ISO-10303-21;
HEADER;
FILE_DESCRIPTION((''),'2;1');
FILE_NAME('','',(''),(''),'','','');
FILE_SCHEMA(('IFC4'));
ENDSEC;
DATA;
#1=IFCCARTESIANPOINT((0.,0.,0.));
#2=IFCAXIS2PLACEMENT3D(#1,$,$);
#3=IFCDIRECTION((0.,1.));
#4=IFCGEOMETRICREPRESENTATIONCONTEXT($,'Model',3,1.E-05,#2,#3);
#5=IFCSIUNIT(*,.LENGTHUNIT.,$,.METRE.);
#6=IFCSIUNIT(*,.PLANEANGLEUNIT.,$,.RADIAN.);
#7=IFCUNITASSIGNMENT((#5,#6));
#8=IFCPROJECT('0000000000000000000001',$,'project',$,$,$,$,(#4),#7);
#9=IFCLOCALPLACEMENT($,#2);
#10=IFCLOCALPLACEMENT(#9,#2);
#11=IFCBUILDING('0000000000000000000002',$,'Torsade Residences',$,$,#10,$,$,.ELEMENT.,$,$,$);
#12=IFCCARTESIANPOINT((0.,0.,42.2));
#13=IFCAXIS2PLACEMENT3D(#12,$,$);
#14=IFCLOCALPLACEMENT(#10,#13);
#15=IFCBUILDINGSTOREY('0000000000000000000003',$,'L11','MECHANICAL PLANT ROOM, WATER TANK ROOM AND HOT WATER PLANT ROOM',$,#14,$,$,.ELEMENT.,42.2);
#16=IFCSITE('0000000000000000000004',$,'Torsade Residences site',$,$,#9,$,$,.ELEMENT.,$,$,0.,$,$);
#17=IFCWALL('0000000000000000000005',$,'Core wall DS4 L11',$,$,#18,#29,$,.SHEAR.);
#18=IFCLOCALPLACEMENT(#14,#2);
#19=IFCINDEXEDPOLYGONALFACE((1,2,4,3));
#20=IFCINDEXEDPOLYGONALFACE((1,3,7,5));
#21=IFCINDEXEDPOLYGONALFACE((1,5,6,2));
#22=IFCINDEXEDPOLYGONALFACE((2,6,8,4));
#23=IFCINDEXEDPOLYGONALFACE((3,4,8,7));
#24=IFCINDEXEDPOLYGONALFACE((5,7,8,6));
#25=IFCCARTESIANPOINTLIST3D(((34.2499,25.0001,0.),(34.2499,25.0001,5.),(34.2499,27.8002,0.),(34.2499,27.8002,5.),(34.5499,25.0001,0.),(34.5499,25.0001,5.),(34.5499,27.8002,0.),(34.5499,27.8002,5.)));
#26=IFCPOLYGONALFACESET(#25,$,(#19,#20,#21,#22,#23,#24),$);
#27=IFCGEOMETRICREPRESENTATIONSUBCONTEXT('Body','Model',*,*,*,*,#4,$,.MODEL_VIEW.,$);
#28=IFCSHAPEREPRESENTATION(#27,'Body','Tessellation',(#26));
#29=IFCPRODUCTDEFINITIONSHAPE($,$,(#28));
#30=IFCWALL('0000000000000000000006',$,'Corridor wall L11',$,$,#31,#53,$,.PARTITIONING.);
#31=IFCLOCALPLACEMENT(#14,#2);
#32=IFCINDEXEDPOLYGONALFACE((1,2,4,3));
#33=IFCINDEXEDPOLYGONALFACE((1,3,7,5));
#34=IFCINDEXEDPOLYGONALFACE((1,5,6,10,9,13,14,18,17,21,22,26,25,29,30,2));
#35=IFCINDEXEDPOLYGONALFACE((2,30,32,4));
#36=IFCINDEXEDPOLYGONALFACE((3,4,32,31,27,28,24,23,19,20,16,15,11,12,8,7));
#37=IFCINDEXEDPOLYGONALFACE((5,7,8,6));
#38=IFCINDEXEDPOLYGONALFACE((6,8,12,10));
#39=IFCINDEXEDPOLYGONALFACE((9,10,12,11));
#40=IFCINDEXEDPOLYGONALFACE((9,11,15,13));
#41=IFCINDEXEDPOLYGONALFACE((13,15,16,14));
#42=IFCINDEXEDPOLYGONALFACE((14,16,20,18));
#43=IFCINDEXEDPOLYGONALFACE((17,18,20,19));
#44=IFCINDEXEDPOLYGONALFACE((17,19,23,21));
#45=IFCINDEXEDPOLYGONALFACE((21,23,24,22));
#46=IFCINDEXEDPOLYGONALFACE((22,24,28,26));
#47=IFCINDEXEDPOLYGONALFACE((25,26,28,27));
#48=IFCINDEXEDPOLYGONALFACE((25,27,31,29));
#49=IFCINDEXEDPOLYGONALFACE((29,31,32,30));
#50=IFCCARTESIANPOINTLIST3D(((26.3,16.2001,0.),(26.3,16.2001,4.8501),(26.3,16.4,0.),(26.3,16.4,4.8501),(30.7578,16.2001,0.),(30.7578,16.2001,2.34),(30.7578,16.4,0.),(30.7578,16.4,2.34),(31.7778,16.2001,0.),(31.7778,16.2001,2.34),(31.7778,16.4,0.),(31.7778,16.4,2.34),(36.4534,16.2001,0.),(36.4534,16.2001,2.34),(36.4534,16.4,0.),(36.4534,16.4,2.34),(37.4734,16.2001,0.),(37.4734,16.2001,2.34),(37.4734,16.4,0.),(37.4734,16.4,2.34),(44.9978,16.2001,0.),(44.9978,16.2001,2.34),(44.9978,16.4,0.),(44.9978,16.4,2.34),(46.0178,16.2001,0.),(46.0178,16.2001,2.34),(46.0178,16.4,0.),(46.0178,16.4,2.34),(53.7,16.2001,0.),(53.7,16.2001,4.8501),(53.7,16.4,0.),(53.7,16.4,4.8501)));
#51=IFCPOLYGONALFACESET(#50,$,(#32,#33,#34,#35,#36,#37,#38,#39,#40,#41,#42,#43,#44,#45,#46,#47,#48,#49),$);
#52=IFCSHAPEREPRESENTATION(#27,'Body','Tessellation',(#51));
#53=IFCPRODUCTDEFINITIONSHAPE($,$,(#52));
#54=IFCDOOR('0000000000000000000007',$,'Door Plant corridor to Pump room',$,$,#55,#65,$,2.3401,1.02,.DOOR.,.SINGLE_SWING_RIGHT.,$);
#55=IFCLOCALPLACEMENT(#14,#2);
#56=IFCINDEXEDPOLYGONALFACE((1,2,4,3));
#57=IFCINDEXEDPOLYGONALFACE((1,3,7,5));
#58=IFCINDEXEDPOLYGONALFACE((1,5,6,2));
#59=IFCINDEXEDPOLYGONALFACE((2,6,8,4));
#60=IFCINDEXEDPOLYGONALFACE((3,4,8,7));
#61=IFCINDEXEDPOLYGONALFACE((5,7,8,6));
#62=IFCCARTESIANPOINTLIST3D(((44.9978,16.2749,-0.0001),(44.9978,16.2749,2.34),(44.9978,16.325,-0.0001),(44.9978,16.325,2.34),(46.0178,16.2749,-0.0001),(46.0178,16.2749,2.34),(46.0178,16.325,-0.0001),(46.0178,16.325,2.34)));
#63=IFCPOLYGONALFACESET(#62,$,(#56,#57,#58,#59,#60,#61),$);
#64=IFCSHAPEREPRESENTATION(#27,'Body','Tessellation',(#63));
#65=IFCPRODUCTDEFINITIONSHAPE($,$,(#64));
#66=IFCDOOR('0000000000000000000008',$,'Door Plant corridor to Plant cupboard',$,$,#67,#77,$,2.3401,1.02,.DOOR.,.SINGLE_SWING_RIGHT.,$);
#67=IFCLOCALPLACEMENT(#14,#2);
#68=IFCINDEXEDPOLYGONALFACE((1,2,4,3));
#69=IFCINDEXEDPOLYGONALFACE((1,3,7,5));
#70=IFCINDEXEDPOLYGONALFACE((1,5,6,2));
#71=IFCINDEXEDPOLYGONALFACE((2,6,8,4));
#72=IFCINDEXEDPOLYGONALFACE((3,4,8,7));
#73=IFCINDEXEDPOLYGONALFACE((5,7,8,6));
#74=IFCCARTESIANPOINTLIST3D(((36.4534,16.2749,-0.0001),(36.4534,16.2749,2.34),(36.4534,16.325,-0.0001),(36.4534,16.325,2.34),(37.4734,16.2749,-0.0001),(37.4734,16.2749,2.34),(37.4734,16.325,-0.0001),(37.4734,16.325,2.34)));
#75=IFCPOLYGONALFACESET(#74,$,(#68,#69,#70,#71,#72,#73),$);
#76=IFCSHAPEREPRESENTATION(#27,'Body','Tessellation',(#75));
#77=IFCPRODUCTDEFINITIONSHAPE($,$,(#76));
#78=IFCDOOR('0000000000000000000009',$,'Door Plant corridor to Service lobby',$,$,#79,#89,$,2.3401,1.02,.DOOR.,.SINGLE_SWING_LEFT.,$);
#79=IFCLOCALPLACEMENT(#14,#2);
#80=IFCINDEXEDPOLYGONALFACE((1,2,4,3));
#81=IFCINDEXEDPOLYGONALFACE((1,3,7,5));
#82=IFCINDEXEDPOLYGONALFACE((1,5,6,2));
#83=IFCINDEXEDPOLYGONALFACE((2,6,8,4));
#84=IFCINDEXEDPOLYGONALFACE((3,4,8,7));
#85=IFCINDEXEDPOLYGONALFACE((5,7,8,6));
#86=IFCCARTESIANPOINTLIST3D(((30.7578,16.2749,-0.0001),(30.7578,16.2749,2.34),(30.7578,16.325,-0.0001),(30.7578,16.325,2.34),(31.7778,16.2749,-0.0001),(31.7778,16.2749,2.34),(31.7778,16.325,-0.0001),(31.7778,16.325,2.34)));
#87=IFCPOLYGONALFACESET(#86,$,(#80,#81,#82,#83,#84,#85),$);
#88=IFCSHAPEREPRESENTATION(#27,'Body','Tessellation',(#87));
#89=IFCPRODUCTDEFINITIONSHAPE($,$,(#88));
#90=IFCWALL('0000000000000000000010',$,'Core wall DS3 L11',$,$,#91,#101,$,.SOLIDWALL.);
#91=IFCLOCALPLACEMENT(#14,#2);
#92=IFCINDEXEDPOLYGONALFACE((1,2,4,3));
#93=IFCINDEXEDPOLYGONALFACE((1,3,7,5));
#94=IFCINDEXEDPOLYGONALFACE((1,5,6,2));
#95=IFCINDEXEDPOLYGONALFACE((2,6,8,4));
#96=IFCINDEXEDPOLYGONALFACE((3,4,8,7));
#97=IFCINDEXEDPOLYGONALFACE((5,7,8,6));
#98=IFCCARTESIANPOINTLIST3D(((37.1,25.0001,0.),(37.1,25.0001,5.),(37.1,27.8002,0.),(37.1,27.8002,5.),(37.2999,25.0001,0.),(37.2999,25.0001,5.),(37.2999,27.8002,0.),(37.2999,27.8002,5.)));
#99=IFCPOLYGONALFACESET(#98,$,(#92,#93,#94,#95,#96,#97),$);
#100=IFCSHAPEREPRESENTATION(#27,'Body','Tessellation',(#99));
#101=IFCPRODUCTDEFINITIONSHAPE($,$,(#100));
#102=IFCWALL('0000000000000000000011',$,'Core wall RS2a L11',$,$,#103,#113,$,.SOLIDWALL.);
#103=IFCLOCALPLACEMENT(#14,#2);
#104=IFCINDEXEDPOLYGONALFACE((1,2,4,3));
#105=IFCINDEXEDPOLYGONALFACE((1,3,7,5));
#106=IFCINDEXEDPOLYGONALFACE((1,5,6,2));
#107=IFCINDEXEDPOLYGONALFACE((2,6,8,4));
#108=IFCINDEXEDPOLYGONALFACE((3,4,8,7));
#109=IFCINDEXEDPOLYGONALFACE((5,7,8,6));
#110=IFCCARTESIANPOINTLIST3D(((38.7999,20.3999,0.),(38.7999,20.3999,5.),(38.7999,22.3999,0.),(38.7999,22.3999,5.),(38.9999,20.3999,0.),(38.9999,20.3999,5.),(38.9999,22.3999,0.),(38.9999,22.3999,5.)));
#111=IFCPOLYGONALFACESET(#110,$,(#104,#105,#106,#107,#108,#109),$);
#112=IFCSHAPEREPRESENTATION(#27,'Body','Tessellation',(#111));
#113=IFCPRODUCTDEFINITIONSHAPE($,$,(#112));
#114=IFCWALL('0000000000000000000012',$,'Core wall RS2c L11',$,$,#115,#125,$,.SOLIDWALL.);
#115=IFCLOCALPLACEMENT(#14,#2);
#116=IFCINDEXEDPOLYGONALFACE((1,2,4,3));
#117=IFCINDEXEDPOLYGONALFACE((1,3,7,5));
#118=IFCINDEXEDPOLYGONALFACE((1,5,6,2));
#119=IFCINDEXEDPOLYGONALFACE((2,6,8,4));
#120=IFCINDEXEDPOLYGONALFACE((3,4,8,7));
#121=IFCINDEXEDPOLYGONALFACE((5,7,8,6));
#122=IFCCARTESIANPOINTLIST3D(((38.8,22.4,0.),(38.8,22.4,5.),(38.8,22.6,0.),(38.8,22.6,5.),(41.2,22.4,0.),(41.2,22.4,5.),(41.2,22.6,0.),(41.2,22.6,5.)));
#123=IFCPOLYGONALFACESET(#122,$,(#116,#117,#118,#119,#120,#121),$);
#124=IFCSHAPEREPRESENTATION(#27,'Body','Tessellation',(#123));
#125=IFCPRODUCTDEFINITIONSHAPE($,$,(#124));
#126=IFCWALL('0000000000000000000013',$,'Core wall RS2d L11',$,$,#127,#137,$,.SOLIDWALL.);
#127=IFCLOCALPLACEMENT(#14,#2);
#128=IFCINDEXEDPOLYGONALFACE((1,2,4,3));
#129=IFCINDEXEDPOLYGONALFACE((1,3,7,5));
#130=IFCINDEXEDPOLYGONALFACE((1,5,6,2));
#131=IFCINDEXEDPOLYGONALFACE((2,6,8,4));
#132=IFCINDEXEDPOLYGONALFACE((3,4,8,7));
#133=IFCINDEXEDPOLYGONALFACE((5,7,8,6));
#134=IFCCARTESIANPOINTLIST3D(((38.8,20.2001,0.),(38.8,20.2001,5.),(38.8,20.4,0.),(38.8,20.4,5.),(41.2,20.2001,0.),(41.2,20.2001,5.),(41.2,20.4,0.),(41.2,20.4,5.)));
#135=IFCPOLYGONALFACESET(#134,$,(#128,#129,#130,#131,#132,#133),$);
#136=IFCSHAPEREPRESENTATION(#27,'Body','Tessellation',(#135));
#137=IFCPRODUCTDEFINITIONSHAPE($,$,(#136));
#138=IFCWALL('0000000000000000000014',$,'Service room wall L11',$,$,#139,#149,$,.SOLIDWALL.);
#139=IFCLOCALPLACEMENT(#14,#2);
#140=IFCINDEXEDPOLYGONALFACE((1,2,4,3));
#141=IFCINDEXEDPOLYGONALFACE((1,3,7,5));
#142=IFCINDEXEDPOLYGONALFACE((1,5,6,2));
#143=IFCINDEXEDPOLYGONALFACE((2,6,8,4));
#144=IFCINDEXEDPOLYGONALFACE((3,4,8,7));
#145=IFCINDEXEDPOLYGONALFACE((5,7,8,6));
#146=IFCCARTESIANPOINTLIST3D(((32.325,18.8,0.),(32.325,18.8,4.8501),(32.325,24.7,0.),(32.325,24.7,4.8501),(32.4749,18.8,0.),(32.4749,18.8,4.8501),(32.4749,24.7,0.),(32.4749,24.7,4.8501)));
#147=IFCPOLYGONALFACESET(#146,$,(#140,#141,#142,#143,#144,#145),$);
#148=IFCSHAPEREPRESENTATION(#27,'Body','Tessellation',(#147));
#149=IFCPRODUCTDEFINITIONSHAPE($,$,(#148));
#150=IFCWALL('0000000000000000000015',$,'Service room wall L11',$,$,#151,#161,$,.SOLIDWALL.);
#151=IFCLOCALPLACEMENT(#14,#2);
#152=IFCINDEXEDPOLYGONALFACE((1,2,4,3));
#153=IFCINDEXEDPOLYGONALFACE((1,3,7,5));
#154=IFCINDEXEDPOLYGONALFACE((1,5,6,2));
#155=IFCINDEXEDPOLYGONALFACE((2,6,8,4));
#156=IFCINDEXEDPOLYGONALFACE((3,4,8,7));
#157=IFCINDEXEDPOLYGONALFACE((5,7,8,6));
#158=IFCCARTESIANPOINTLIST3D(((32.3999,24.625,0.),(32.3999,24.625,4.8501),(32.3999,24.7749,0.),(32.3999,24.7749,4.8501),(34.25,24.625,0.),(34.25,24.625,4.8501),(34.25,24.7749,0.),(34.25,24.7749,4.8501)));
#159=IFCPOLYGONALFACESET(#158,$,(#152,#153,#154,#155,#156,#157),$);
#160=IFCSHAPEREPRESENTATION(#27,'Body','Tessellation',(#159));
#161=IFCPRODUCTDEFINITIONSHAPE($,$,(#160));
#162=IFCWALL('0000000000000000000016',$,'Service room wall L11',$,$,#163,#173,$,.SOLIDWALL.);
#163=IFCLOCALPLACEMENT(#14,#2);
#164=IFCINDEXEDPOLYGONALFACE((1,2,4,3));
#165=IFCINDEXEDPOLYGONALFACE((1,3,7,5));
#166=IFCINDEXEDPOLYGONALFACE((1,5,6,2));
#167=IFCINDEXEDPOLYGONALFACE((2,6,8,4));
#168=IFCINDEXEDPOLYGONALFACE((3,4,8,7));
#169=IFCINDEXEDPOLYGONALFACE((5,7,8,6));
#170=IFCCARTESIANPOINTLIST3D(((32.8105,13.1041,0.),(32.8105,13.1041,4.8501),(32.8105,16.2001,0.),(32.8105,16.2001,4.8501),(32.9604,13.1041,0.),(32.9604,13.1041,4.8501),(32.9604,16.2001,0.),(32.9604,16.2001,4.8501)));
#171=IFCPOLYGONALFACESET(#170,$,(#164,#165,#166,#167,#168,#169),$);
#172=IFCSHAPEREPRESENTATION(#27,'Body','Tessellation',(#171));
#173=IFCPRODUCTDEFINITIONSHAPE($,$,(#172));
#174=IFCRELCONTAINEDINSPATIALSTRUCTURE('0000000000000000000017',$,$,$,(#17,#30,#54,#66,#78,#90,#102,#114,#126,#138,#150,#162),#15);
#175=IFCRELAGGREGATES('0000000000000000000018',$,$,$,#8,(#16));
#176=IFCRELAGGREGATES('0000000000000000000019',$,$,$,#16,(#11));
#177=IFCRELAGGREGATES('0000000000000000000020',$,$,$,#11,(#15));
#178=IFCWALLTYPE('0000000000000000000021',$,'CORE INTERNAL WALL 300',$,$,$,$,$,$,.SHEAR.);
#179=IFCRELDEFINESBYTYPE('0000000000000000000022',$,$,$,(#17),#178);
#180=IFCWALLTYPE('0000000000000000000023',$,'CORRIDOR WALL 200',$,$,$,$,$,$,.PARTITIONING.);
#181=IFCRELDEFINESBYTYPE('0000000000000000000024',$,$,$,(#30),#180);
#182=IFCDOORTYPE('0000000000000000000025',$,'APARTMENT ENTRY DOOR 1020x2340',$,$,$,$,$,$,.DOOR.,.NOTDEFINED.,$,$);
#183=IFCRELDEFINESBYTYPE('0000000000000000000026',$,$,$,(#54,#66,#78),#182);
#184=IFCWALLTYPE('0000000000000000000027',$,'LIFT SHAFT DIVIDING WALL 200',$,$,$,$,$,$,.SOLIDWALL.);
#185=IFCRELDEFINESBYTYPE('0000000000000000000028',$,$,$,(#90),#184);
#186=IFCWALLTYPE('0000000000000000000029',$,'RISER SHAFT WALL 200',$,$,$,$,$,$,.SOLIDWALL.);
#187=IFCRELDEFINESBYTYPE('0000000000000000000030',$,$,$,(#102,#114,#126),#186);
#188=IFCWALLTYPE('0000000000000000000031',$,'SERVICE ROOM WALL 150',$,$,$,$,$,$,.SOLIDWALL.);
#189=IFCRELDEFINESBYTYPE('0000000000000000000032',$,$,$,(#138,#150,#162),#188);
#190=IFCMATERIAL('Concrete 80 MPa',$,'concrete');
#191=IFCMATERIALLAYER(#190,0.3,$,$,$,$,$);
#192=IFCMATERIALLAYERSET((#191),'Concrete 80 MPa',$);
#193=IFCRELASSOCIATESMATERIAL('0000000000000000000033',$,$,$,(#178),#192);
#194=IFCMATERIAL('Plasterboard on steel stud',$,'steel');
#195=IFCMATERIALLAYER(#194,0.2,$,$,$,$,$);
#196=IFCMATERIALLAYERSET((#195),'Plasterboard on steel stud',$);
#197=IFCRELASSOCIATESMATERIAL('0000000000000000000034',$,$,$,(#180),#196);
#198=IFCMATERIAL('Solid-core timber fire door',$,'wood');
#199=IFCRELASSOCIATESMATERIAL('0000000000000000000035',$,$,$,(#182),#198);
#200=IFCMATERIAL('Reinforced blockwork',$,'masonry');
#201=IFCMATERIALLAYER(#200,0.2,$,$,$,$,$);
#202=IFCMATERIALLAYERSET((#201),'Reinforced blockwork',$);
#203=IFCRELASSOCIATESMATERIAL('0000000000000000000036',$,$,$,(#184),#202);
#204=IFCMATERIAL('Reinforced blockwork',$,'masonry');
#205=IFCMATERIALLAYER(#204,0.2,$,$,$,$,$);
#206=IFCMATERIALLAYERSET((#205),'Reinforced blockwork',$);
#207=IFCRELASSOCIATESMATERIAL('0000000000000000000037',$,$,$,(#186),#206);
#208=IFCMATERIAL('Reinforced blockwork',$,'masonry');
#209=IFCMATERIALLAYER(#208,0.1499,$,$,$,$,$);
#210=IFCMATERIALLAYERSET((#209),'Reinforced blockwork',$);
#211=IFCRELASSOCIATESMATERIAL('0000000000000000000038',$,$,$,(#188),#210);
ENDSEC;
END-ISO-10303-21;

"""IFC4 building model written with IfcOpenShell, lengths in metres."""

from ifc_helpers import new_model, si_unit, direction, frame, frame_2d, origin, place, context, subcontext, project, spatial, rectangle, extrude, material, layer, layer_set, type_object, element, fill, save


model = new_model("IFC4")

# Units and contexts
model_context = context("Model", 3, precision=1e-05, world=origin(), true_north=direction((0.0, 1.0)))
body_context = subcontext(model_context, "Body", "Model", "MODEL_VIEW")
ifc_project = project(units=[si_unit("LENGTHUNIT", "METRE"), si_unit("PLANEANGLEUNIT", "RADIAN")], contexts=[model_context])

# Site, building, storey
site_placement = place(None, origin())
site = spatial("IfcSite", under=ifc_project, at=site_placement, Name="Torsade Residences site", CompositionType="ELEMENT", RefElevation=0.0)
building_placement = place(site_placement, origin())
building = spatial("IfcBuilding", under=site, at=building_placement, Name="Torsade Residences", CompositionType="ELEMENT")
storey_placement = place(building_placement, frame((0.0, 0.0, 42.2)))
storey = spatial("IfcBuildingStorey", under=building, at=storey_placement, Name="L11", Description="MECHANICAL PLANT ROOM, WATER TANK ROOM AND HOT WATER PLANT ROOM", CompositionType="ELEMENT", Elevation=42.2)

# Wall
ifc_material_1 = material(Name="Concrete 80 MPa", Category="concrete")
ifc_layer_1 = layer(ifc_material_1, 0.3)
ifc_layer_set_1 = layer_set([ifc_layer_1], Name="Concrete 80 MPa")
wall_type_1 = type_object("IfcWallType", Name="CORE INTERNAL WALL 300", PredefinedType="SHEAR", material=ifc_layer_set_1)
wall_1_placement = place(storey_placement, frame((34.3999, 27.8, 0.0), z_axis=(0.0, 0.0, 1.0), x_axis=(0.0, -1.0, 0.0)))
element("IfcWall", 1, at=wall_1_placement, inside=storey, type_object=wall_type_1, Name="Core wall DS4 L11", PredefinedType="SHEAR", context=body_context, shape_type="SweptSolid", body=[
    extrude(rectangle(XDim=2.8, YDim=0.3, at=frame_2d((1.3999, 0.0))), origin(), (0.0, 0.0, 1.0), 5.0),
])

# Wall, openings, doors
ifc_material_2 = material(Name="Plasterboard on steel stud", Category="steel")
ifc_layer_2 = layer(ifc_material_2, 0.2)
ifc_layer_set_2 = layer_set([ifc_layer_2], Name="Plasterboard on steel stud")
wall_type_2 = type_object("IfcWallType", Name="CORRIDOR WALL 200", PredefinedType="PARTITIONING", material=ifc_layer_set_2)
wall_2_placement = place(storey_placement, frame((26.3, 16.3, 0.0), z_axis=(0.0, 0.0, 1.0), x_axis=(1.0, 0.0, 0.0)))
wall_2 = element("IfcWall", 2, at=wall_2_placement, inside=storey, type_object=wall_type_2, Name="Corridor wall L11", PredefinedType="PARTITIONING", context=body_context, shape_type="SweptSolid", body=[
    extrude(rectangle(XDim=27.3999, YDim=0.2, at=frame_2d((13.7, 0.0))), origin(), (0.0, 0.0, 1.0), 4.8501),
])
opening_1_placement = place(wall_2_placement, frame((18.6978, 0.0, 0.0)))
opening_1 = element("IfcOpeningElement", 3, at=opening_1_placement, cuts=wall_2, PredefinedType="OPENING", context=body_context, shape_type="SweptSolid", body=[
    extrude(rectangle(XDim=1.02, YDim=2.3401, at=frame_2d((0.51, 1.1699))), frame((0.0, 0.1099, 0.0), z_axis=(0.0, -1.0, 0.0), x_axis=(1.0, 0.0, 0.0)), (0.0, 0.0, 1.0), 0.22),
])
opening_2_placement = place(wall_2_placement, frame((10.1533, 0.0, 0.0)))
opening_2 = element("IfcOpeningElement", 4, at=opening_2_placement, cuts=wall_2, PredefinedType="OPENING", context=body_context, shape_type="SweptSolid", body=[
    extrude(rectangle(XDim=1.02, YDim=2.3401, at=frame_2d((0.51, 1.1699))), frame((0.0, 0.1099, 0.0), z_axis=(0.0, -1.0, 0.0), x_axis=(1.0, 0.0, 0.0)), (0.0, 0.0, 1.0), 0.22),
])
opening_3_placement = place(wall_2_placement, frame((4.4578, 0.0, 0.0)))
opening_3 = element("IfcOpeningElement", 5, at=opening_3_placement, cuts=wall_2, PredefinedType="OPENING", context=body_context, shape_type="SweptSolid", body=[
    extrude(rectangle(XDim=1.02, YDim=2.3401, at=frame_2d((0.51, 1.1699))), frame((0.0, 0.1099, 0.0), z_axis=(0.0, -1.0, 0.0), x_axis=(1.0, 0.0, 0.0)), (0.0, 0.0, 1.0), 0.22),
])
ifc_material_3 = material(Name="Solid-core timber fire door", Category="wood")
door_type = type_object("IfcDoorType", Name="APARTMENT ENTRY DOOR 1020x2340", OperationType="NOTDEFINED", PredefinedType="DOOR", material=ifc_material_3)
door_1_placement = place(opening_1_placement, origin())
door_1 = element("IfcDoor", 6, at=door_1_placement, inside=storey, type_object=door_type, Name="Door Plant corridor to Pump room", OperationType="SINGLE_SWING_RIGHT", OverallHeight=2.3401, OverallWidth=1.02, PredefinedType="DOOR", context=body_context, shape_type="SweptSolid", body=[
    extrude(rectangle(XDim=1.02, YDim=2.3401, at=frame_2d((0.51, 1.1699))), frame((0.0, 0.0249, 0.0), z_axis=(0.0, -1.0, 0.0), x_axis=(1.0, 0.0, 0.0)), (0.0, 0.0, 1.0), 0.05),
])
fill(opening_1, door_1)
door_2_placement = place(opening_2_placement, origin())
door_2 = element("IfcDoor", 7, at=door_2_placement, inside=storey, type_object=door_type, Name="Door Plant corridor to Plant cupboard", OperationType="SINGLE_SWING_RIGHT", OverallHeight=2.3401, OverallWidth=1.02, PredefinedType="DOOR", context=body_context, shape_type="SweptSolid", body=[
    extrude(rectangle(XDim=1.02, YDim=2.3401, at=frame_2d((0.51, 1.1699))), frame((0.0, 0.0249, 0.0), z_axis=(0.0, -1.0, 0.0), x_axis=(1.0, 0.0, 0.0)), (0.0, 0.0, 1.0), 0.05),
])
fill(opening_2, door_2)
door_3_placement = place(opening_3_placement, origin())
door_3 = element("IfcDoor", 8, at=door_3_placement, inside=storey, type_object=door_type, Name="Door Plant corridor to Service lobby", OperationType="SINGLE_SWING_LEFT", OverallHeight=2.3401, OverallWidth=1.02, PredefinedType="DOOR", context=body_context, shape_type="SweptSolid", body=[
    extrude(rectangle(XDim=1.02, YDim=2.3401, at=frame_2d((0.51, 1.1699))), frame((0.0, 0.0249, 0.0), z_axis=(0.0, -1.0, 0.0), x_axis=(1.0, 0.0, 0.0)), (0.0, 0.0, 1.0), 0.05),
])
fill(opening_3, door_3)

# Walls
ifc_material_4 = material(Name="Reinforced blockwork", Category="masonry")
ifc_layer_3 = layer(ifc_material_4, 0.2)
ifc_layer_set_3 = layer_set([ifc_layer_3], Name="Reinforced blockwork")
wall_type_3 = type_object("IfcWallType", Name="LIFT SHAFT DIVIDING WALL 200", PredefinedType="SOLIDWALL", material=ifc_layer_set_3)
wall_3_placement = place(storey_placement, frame((37.2, 27.8, 0.0), z_axis=(0.0, 0.0, 1.0), x_axis=(0.0, -1.0, 0.0)))
element("IfcWall", 9, at=wall_3_placement, inside=storey, type_object=wall_type_3, Name="Core wall DS3 L11", PredefinedType="SOLIDWALL", context=body_context, shape_type="SweptSolid", body=[
    extrude(rectangle(XDim=2.8, YDim=0.2, at=frame_2d((1.3999, 0.0))), origin(), (0.0, 0.0, 1.0), 5.0),
])
ifc_material_5 = material(Name="Reinforced blockwork", Category="masonry")
ifc_layer_4 = layer(ifc_material_5, 0.2)
ifc_layer_set_4 = layer_set([ifc_layer_4], Name="Reinforced blockwork")
wall_type_4 = type_object("IfcWallType", Name="RISER SHAFT WALL 200", PredefinedType="SOLIDWALL", material=ifc_layer_set_4)
wall_4_placement = place(storey_placement, frame((38.8999, 22.3999, 0.0), z_axis=(0.0, 0.0, 1.0), x_axis=(0.0, -1.0, 0.0)))
element("IfcWall", 10, at=wall_4_placement, inside=storey, type_object=wall_type_4, Name="Core wall RS2a L11", PredefinedType="SOLIDWALL", context=body_context, shape_type="SweptSolid", body=[
    extrude(rectangle(XDim=2.0, YDim=0.2, at=frame_2d((1.0, 0.0))), origin(), (0.0, 0.0, 1.0), 5.0),
])
for number, where, z_axis, x_axis, name in (
    (11, (38.8, 22.5, 0.0), (0.0, 0.0, 1.0), (1.0, 0.0, 0.0), "Core wall RS2c L11"),
    (12, (38.8, 20.3, 0.0), (0.0, 0.0, 1.0), (1.0, 0.0, 0.0), "Core wall RS2d L11"),
):
    element("IfcWall", number, at=place(storey_placement, frame(where, z_axis=z_axis, x_axis=x_axis)), inside=storey, type_object=wall_type_4, Name=name, PredefinedType="SOLIDWALL", context=body_context, shape_type="SweptSolid", body=[
        extrude(rectangle(XDim=2.3999, YDim=0.2, at=frame_2d((1.2, 0.0))), origin(), (0.0, 0.0, 1.0), 5.0),
    ])
ifc_material_6 = material(Name="Reinforced blockwork", Category="masonry")
ifc_layer_5 = layer(ifc_material_6, 0.1499)
ifc_layer_set_5 = layer_set([ifc_layer_5], Name="Reinforced blockwork")
wall_type_5 = type_object("IfcWallType", Name="SERVICE ROOM WALL 150", PredefinedType="SOLIDWALL", material=ifc_layer_set_5)
wall_5_placement = place(storey_placement, frame((32.3999, 18.8, 0.0), z_axis=(0.0, 0.0, 1.0), x_axis=(0.0, 1.0, 0.0)))
element("IfcWall", 13, at=wall_5_placement, inside=storey, type_object=wall_type_5, Name="Service room wall L11", PredefinedType="SOLIDWALL", context=body_context, shape_type="SweptSolid", body=[
    extrude(rectangle(XDim=5.8999, YDim=0.1499, at=frame_2d((2.95, 0.0))), origin(), (0.0, 0.0, 1.0), 4.8501),
])
wall_6_placement = place(storey_placement, frame((32.3999, 24.7, 0.0), z_axis=(0.0, 0.0, 1.0), x_axis=(1.0, 0.0, 0.0)))
element("IfcWall", 14, at=wall_6_placement, inside=storey, type_object=wall_type_5, Name="Service room wall L11", PredefinedType="SOLIDWALL", context=body_context, shape_type="SweptSolid", body=[
    extrude(rectangle(XDim=1.8501, YDim=0.1499, at=frame_2d((0.925, 0.0))), origin(), (0.0, 0.0, 1.0), 4.8501),
])
wall_7_placement = place(storey_placement, frame((32.8855, 16.2, 0.0), z_axis=(0.0, 0.0, 1.0), x_axis=(0.0, -1.0, 0.0)))
element("IfcWall", 15, at=wall_7_placement, inside=storey, type_object=wall_type_5, Name="Service room wall L11", PredefinedType="SOLIDWALL", context=body_context, shape_type="SweptSolid", body=[
    extrude(rectangle(XDim=3.0959, YDim=0.1499, at=frame_2d((1.5479, 0.0))), origin(), (0.0, 0.0, 1.0), 4.8501),
])

save(model, "model.ifc")
